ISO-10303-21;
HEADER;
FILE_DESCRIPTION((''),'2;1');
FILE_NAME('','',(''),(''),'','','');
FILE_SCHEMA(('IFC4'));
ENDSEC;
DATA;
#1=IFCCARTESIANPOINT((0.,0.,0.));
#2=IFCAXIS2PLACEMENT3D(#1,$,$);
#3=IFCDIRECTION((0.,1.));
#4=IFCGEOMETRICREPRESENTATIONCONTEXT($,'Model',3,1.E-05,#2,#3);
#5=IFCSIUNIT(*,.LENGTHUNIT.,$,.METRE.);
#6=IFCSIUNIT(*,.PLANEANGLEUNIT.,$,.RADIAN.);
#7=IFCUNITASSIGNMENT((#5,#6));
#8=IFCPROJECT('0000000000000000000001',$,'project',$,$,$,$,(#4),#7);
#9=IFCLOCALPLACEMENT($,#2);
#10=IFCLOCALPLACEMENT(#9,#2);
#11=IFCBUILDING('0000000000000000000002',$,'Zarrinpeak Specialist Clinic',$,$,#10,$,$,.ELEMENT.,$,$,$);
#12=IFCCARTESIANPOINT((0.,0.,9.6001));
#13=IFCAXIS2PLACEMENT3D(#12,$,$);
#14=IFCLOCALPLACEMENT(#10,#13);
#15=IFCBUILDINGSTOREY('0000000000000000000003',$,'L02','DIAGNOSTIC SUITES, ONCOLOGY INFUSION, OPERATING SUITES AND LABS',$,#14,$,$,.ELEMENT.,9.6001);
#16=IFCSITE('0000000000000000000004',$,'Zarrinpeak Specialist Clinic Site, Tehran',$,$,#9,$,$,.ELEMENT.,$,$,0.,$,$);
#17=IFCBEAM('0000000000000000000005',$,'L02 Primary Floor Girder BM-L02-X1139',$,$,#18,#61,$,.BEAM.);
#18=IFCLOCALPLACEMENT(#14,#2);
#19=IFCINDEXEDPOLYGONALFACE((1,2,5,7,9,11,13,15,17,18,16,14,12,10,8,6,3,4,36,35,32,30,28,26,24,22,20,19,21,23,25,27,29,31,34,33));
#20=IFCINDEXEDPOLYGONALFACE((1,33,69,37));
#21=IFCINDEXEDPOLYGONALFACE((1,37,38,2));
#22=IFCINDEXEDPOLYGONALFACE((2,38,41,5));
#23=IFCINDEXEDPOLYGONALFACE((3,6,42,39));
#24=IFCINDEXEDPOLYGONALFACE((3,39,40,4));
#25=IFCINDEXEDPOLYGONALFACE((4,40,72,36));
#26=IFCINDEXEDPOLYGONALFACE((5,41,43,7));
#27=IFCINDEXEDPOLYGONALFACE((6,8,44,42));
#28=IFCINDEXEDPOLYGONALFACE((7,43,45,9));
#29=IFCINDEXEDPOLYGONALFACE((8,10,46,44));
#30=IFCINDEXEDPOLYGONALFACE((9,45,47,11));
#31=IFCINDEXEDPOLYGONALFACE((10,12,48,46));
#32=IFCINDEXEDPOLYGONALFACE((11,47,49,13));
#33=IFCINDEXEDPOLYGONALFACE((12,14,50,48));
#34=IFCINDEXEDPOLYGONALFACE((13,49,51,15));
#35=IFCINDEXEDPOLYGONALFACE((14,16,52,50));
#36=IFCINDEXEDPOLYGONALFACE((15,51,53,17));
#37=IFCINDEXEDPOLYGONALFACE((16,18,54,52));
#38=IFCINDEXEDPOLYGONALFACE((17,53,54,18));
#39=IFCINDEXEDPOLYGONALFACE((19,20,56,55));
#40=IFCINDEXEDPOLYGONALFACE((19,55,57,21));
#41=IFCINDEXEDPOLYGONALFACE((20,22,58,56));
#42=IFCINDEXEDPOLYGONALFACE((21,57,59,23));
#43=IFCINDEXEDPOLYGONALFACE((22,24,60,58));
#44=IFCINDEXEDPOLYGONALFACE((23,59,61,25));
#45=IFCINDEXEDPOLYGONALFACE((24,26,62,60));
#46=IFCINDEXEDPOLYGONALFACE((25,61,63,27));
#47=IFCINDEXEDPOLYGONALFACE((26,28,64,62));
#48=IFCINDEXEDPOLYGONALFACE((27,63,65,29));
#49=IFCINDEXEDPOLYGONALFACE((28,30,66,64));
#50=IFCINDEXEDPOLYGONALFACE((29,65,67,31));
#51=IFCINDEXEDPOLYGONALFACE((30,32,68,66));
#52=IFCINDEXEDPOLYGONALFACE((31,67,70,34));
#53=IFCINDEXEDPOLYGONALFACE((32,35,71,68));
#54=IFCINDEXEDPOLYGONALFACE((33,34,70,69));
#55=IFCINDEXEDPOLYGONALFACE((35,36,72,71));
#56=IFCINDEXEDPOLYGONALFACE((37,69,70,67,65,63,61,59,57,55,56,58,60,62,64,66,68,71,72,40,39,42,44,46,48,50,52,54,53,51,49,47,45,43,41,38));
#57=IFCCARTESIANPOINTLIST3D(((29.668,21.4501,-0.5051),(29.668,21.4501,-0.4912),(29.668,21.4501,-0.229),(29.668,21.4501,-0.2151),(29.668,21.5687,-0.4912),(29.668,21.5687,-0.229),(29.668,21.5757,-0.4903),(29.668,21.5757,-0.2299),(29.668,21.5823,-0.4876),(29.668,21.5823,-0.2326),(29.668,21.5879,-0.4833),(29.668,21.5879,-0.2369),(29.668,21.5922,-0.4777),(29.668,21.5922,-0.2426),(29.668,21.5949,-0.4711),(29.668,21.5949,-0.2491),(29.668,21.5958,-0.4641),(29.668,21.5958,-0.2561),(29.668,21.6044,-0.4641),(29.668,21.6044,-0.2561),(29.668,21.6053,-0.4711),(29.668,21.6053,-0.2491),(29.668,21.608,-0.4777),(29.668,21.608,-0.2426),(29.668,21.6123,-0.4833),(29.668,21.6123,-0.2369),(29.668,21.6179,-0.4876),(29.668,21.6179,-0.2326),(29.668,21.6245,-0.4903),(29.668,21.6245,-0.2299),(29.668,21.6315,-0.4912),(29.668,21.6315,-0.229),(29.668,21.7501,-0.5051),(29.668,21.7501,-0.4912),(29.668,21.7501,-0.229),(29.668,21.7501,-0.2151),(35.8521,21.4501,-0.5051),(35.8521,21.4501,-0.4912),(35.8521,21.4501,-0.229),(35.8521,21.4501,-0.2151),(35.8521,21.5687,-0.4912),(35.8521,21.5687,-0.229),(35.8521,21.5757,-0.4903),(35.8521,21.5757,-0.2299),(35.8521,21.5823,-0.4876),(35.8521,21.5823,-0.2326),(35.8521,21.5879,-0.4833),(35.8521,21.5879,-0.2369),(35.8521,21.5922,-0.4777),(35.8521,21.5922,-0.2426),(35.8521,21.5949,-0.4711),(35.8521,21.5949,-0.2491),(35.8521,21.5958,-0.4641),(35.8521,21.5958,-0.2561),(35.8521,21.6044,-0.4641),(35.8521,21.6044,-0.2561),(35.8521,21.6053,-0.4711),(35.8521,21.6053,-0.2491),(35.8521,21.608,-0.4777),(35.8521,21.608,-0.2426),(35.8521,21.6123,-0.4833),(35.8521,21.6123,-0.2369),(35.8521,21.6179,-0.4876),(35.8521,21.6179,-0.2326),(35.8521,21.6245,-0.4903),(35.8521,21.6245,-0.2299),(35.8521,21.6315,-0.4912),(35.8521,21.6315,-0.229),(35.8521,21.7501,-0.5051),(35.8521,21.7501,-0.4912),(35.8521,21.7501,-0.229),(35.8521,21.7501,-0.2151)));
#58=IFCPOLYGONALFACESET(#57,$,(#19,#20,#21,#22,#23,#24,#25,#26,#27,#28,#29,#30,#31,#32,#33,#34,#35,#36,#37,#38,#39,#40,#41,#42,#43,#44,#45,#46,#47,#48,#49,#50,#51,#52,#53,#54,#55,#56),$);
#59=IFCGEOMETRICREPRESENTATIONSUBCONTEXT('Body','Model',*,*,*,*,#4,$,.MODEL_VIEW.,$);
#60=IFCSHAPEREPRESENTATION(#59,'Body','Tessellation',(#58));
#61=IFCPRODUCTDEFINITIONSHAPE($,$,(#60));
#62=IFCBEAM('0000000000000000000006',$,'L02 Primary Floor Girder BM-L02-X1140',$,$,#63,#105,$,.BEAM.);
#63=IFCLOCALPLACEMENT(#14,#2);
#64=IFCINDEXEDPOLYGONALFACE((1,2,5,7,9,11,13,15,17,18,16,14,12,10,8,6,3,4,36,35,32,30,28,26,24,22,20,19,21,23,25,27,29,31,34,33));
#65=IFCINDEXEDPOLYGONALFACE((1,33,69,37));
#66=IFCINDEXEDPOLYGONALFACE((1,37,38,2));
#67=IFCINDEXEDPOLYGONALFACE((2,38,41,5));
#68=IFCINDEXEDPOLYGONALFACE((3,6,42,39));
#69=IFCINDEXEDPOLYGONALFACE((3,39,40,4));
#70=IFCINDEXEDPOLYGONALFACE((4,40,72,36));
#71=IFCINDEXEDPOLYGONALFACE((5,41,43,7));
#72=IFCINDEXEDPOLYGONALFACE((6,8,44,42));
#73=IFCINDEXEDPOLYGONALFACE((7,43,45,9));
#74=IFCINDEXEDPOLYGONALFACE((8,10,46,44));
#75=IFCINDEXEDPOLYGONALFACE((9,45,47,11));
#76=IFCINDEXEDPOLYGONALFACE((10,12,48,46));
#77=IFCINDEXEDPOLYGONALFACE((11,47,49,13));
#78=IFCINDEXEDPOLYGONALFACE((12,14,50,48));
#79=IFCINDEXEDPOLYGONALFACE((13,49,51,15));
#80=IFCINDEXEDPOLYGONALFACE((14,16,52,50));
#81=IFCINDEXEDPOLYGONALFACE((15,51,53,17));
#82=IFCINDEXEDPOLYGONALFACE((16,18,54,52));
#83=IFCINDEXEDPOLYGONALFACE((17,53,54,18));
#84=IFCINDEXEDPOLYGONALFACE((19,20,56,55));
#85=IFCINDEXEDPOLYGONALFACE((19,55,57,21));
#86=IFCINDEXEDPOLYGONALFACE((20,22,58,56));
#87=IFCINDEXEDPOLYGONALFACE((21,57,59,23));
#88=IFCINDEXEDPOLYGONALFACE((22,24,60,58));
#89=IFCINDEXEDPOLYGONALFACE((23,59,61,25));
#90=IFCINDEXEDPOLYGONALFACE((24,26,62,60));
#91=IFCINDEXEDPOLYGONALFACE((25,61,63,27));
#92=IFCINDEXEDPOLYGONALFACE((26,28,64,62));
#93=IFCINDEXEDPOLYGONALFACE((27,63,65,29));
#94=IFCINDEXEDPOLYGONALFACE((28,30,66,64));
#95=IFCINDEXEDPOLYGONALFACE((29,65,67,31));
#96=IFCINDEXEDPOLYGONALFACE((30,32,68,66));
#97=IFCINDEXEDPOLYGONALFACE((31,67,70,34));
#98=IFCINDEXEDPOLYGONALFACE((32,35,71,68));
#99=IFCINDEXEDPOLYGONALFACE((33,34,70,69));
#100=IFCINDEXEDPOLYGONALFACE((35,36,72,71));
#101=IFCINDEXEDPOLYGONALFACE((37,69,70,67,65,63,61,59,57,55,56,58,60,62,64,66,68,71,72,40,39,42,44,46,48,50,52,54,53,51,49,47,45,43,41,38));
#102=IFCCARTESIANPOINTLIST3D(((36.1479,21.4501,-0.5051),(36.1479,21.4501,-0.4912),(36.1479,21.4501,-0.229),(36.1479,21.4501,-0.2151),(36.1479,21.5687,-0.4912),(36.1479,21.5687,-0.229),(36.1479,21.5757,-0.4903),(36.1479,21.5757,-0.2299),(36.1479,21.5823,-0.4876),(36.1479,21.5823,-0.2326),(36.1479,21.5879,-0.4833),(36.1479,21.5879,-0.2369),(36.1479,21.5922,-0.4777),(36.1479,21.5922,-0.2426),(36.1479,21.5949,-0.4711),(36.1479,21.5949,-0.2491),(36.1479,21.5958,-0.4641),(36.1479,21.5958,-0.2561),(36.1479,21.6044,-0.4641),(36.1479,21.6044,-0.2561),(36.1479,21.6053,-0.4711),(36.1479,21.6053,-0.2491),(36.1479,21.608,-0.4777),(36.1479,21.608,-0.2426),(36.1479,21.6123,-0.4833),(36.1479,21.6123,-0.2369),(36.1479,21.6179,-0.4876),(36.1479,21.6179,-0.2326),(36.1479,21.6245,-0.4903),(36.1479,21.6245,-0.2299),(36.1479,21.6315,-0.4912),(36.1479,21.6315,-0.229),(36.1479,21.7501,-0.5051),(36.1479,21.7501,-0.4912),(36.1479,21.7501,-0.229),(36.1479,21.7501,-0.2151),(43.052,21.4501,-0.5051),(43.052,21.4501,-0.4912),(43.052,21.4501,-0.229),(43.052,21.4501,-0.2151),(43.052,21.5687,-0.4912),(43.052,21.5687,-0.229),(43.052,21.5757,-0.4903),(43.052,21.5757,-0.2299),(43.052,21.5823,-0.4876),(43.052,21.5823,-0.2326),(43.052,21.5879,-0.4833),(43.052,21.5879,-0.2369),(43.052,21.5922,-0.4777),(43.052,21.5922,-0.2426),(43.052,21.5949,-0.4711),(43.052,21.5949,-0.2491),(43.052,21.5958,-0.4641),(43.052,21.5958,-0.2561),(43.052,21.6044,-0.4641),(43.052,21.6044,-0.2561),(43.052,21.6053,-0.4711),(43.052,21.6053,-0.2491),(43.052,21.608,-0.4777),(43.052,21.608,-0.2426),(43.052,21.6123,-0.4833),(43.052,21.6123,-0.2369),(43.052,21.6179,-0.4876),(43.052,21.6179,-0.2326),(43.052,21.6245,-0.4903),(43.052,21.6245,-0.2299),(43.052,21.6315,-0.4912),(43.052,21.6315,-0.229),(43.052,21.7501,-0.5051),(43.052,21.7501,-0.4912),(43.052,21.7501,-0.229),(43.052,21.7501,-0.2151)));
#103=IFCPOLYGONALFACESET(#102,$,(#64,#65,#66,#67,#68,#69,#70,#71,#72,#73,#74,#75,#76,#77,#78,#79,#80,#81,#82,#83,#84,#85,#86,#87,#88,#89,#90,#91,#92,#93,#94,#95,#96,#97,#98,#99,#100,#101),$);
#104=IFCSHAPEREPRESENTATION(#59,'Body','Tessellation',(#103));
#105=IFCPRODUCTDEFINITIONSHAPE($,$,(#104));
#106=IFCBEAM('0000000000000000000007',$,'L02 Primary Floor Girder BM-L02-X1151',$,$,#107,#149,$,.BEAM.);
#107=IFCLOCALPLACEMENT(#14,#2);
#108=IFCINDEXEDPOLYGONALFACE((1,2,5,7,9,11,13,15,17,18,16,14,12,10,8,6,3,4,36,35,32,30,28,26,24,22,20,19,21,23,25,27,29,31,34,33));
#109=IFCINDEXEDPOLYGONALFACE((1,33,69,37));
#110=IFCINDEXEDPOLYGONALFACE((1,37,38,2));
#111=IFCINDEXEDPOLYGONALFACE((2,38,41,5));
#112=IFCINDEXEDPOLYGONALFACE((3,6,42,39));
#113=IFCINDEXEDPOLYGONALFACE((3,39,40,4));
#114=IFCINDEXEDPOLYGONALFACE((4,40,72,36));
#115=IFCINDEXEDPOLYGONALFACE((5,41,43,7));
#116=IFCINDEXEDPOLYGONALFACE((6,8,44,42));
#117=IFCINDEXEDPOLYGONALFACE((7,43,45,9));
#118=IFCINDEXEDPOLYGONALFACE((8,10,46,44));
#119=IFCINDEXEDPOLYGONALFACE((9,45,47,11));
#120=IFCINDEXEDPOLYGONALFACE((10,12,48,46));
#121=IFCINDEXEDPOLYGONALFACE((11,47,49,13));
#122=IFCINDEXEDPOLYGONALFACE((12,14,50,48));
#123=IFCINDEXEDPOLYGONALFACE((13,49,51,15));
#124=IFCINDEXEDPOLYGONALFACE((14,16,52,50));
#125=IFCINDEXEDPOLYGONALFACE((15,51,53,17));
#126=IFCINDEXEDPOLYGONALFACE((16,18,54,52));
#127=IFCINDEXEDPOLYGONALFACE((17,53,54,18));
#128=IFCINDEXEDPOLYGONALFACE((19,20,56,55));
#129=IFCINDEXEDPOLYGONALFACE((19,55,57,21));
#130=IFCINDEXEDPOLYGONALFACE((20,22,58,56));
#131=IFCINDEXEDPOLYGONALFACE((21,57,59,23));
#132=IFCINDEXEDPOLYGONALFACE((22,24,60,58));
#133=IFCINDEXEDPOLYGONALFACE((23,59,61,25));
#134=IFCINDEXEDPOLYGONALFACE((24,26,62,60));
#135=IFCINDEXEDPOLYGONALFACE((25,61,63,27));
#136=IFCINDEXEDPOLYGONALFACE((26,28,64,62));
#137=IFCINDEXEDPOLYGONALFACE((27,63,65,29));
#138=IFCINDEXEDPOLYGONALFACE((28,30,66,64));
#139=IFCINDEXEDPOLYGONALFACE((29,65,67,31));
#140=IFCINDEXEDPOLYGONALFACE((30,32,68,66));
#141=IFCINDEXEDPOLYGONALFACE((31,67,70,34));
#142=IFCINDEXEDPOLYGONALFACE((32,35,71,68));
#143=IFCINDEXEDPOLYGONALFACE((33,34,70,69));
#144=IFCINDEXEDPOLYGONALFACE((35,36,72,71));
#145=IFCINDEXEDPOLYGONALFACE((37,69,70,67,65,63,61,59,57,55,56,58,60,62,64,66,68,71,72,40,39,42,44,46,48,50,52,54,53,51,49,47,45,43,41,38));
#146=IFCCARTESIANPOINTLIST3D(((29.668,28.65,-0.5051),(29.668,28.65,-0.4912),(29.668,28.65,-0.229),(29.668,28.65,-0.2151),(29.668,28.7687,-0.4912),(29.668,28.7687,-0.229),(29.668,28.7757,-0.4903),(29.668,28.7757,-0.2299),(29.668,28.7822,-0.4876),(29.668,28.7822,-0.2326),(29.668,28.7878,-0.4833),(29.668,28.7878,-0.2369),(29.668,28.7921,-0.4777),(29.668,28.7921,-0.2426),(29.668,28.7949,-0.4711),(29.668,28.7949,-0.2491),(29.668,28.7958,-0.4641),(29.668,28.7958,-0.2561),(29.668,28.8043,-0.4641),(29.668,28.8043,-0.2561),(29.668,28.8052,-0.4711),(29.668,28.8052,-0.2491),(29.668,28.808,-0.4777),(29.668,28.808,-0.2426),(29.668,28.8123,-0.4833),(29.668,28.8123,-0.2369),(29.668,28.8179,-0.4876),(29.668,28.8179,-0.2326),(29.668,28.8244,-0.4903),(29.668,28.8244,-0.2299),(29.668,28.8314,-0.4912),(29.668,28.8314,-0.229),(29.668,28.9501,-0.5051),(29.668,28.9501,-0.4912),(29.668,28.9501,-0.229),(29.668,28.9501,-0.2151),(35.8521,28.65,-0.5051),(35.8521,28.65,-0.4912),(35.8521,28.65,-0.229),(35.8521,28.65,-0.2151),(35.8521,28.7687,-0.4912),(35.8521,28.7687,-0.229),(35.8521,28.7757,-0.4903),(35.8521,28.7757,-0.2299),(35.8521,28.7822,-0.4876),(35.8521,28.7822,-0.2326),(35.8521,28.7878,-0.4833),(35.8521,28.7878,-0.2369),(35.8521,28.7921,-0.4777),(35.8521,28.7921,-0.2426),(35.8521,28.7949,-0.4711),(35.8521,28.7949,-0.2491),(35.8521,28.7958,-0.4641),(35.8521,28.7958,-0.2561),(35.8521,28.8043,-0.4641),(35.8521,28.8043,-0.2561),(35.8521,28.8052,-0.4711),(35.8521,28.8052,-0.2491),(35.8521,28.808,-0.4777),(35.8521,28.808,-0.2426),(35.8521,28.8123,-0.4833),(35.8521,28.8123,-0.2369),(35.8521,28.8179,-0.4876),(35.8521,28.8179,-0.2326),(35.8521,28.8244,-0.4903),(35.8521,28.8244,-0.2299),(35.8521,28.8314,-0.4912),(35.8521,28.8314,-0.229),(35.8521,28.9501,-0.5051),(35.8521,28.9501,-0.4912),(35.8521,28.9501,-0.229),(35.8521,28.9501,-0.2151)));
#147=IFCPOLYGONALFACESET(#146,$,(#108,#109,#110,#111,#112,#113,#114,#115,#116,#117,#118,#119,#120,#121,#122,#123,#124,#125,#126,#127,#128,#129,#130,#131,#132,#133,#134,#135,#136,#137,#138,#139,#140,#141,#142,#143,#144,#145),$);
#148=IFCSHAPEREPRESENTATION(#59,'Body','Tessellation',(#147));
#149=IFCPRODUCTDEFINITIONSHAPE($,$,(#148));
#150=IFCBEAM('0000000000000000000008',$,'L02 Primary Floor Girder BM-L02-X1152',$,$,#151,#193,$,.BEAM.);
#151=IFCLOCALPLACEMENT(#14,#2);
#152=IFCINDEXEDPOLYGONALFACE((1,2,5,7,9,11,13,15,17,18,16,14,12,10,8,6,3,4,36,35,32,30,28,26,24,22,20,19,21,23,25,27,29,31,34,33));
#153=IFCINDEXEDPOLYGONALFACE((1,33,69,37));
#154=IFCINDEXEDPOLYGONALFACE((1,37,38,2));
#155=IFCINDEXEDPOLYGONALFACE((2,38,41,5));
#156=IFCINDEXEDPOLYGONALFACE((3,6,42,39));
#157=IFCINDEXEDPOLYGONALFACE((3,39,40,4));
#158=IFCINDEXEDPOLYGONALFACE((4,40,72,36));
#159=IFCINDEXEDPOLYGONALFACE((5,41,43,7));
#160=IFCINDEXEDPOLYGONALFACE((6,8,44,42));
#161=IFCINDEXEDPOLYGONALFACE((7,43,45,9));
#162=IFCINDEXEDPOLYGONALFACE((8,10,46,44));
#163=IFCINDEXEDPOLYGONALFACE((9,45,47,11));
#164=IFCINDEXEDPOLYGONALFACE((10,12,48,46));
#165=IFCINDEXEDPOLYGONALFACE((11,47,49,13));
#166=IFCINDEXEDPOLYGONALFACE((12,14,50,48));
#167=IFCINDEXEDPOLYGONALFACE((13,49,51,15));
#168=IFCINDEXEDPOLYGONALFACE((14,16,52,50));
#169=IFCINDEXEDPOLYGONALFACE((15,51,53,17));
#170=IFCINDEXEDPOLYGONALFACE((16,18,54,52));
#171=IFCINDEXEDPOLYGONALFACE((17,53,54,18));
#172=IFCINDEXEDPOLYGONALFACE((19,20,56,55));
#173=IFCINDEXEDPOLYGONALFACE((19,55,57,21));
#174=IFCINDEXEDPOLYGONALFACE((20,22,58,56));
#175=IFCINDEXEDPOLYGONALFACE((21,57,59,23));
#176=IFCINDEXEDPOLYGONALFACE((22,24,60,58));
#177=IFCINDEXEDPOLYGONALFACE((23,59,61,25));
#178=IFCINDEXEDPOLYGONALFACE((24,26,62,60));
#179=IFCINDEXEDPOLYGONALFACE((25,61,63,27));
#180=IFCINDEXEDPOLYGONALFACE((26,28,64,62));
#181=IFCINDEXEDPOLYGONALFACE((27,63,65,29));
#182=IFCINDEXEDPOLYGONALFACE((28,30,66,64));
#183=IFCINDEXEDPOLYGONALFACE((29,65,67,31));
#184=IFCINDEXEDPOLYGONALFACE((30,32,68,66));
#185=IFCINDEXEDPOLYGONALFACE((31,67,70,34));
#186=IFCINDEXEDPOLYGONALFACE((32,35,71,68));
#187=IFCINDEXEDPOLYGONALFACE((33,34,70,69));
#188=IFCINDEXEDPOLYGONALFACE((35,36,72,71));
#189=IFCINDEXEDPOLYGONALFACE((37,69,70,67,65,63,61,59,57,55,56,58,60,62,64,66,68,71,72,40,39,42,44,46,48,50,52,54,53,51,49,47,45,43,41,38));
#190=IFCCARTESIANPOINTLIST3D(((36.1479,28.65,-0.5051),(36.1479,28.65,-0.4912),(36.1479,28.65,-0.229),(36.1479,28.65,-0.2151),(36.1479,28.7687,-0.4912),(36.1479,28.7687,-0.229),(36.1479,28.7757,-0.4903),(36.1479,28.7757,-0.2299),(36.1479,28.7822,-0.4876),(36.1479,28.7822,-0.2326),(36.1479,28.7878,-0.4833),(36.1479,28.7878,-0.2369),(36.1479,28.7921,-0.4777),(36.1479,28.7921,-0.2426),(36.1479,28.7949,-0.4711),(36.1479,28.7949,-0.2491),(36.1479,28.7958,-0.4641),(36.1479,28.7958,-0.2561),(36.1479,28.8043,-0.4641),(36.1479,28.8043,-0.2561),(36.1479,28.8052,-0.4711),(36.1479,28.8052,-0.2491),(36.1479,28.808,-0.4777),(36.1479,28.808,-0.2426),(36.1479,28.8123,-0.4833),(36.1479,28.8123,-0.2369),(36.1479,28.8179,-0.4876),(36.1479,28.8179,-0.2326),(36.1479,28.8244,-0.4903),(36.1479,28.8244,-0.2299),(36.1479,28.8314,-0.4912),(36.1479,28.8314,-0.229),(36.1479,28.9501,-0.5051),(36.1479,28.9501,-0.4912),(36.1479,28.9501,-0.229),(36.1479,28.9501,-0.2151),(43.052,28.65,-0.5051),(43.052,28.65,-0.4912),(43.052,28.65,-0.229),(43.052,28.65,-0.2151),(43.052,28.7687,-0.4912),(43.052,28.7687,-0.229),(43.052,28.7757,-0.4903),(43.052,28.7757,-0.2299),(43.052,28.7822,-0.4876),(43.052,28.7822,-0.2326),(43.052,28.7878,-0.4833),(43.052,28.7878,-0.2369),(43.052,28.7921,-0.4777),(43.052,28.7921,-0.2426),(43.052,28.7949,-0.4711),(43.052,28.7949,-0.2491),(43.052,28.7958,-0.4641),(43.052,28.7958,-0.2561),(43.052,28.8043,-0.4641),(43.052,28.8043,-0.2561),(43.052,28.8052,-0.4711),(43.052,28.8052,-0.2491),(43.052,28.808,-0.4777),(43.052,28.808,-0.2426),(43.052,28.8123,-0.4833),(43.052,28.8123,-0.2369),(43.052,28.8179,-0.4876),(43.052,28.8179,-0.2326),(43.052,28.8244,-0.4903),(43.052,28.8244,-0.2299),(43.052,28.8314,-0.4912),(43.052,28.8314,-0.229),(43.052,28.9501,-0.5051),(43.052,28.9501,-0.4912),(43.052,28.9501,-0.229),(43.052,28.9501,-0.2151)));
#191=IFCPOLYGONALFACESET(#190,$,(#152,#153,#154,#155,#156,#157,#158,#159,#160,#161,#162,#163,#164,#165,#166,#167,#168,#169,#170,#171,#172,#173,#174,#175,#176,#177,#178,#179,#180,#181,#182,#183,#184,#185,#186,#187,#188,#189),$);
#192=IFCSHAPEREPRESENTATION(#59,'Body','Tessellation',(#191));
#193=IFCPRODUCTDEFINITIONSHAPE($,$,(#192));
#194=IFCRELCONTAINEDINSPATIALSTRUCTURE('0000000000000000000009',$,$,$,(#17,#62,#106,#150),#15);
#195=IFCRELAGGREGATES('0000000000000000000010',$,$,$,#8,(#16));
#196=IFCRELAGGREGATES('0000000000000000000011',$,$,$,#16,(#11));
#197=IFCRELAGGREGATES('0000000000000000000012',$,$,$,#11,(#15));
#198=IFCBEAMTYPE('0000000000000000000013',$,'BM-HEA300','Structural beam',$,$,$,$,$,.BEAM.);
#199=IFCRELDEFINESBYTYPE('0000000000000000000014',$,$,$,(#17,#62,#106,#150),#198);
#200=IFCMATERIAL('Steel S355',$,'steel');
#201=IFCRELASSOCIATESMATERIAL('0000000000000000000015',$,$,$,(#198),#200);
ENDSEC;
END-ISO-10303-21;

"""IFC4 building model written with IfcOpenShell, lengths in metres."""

from ifc_helpers import new_model, si_unit, direction, frame, origin, origin_2d, place, context, subcontext, project, spatial, i_section, extrude, material, material_profile, profile_set, type_object, element, save


model = new_model("IFC4")

# Units and contexts
model_context = context("Model", 3, precision=1e-05, world=origin(), true_north=direction((0.0, 1.0)))
body_context = subcontext(model_context, "Body", "Model", "MODEL_VIEW")
ifc_project = project(units=[si_unit("LENGTHUNIT", "METRE"), si_unit("PLANEANGLEUNIT", "RADIAN")], contexts=[model_context])

# Site, building, storey
site_placement = place(None, origin())
site = spatial("IfcSite", under=ifc_project, at=site_placement, Name="Zarrinpeak Specialist Clinic Site, Tehran", CompositionType="ELEMENT", RefElevation=0.0)
building_placement = place(site_placement, origin())
building = spatial("IfcBuilding", under=site, at=building_placement, Name="Zarrinpeak Specialist Clinic", CompositionType="ELEMENT")
storey_placement = place(building_placement, frame((0.0, 0.0, 9.6001)))
storey = spatial("IfcBuildingStorey", under=building, at=storey_placement, Name="L02", Description="DIAGNOSTIC SUITES, ONCOLOGY INFUSION, OPERATING SUITES AND LABS", CompositionType="ELEMENT", Elevation=9.6001)

# Shared definitions
ifc_material_1 = material(Name="Steel S355", Category="steel")

# Beams
ifc_material_profile_1 = material_profile(ifc_material_1, i_section(OverallWidth=0.3, OverallDepth=0.29, WebThickness=0.0085, FlangeThickness=0.0139, FilletRadius=0.0271, at=origin_2d()), Name="HEA 300")
ifc_profile_set_1 = profile_set([ifc_material_profile_1], Name="Steel S355")
beam_type_1 = type_object("IfcBeamType", Name="BM-HEA300", Description="Structural beam", PredefinedType="BEAM", material=ifc_profile_set_1)
beam_1_placement = place(storey_placement, frame((29.668, 21.6001, -0.3601), z_axis=(1.0, 0.0, 0.0), x_axis=(0.0, 1.0, 0.0)))
element("IfcBeam", 1, at=beam_1_placement, inside=storey, type_object=beam_type_1, Name="L02 Primary Floor Girder BM-L02-X1139", PredefinedType="BEAM", context=body_context, shape_type="SweptSolid", body=[
    extrude(i_section(OverallWidth=0.3, OverallDepth=0.29, WebThickness=0.0085, FlangeThickness=0.0139, FilletRadius=0.0271, at=origin_2d()), origin(), (0.0, 0.0, 1.0), 6.1841),
])
beam_2_placement = place(storey_placement, frame((36.1479, 21.6001, -0.3601), z_axis=(1.0, 0.0, 0.0), x_axis=(0.0, 1.0, 0.0)))
element("IfcBeam", 2, at=beam_2_placement, inside=storey, type_object=beam_type_1, Name="L02 Primary Floor Girder BM-L02-X1140", PredefinedType="BEAM", context=body_context, shape_type="SweptSolid", body=[
    extrude(i_section(OverallWidth=0.3, OverallDepth=0.29, WebThickness=0.0085, FlangeThickness=0.0139, FilletRadius=0.0271, at=origin_2d()), origin(), (0.0, 0.0, 1.0), 6.9041),
])
beam_3_placement = place(storey_placement, frame((29.668, 28.8, -0.3601), z_axis=(1.0, 0.0, 0.0), x_axis=(0.0, 1.0, 0.0)))
element("IfcBeam", 3, at=beam_3_placement, inside=storey, type_object=beam_type_1, Name="L02 Primary Floor Girder BM-L02-X1151", PredefinedType="BEAM", context=body_context, shape_type="SweptSolid", body=[
    extrude(i_section(OverallWidth=0.3, OverallDepth=0.29, WebThickness=0.0085, FlangeThickness=0.0139, FilletRadius=0.0271, at=origin_2d()), origin(), (0.0, 0.0, 1.0), 6.1841),
])
beam_4_placement = place(storey_placement, frame((36.1479, 28.8, -0.3601), z_axis=(1.0, 0.0, 0.0), x_axis=(0.0, 1.0, 0.0)))
element("IfcBeam", 4, at=beam_4_placement, inside=storey, type_object=beam_type_1, Name="L02 Primary Floor Girder BM-L02-X1152", PredefinedType="BEAM", context=body_context, shape_type="SweptSolid", body=[
    extrude(i_section(OverallWidth=0.3, OverallDepth=0.29, WebThickness=0.0085, FlangeThickness=0.0139, FilletRadius=0.0271, at=origin_2d()), origin(), (0.0, 0.0, 1.0), 6.9041),
])

save(model, "model.ifc")
